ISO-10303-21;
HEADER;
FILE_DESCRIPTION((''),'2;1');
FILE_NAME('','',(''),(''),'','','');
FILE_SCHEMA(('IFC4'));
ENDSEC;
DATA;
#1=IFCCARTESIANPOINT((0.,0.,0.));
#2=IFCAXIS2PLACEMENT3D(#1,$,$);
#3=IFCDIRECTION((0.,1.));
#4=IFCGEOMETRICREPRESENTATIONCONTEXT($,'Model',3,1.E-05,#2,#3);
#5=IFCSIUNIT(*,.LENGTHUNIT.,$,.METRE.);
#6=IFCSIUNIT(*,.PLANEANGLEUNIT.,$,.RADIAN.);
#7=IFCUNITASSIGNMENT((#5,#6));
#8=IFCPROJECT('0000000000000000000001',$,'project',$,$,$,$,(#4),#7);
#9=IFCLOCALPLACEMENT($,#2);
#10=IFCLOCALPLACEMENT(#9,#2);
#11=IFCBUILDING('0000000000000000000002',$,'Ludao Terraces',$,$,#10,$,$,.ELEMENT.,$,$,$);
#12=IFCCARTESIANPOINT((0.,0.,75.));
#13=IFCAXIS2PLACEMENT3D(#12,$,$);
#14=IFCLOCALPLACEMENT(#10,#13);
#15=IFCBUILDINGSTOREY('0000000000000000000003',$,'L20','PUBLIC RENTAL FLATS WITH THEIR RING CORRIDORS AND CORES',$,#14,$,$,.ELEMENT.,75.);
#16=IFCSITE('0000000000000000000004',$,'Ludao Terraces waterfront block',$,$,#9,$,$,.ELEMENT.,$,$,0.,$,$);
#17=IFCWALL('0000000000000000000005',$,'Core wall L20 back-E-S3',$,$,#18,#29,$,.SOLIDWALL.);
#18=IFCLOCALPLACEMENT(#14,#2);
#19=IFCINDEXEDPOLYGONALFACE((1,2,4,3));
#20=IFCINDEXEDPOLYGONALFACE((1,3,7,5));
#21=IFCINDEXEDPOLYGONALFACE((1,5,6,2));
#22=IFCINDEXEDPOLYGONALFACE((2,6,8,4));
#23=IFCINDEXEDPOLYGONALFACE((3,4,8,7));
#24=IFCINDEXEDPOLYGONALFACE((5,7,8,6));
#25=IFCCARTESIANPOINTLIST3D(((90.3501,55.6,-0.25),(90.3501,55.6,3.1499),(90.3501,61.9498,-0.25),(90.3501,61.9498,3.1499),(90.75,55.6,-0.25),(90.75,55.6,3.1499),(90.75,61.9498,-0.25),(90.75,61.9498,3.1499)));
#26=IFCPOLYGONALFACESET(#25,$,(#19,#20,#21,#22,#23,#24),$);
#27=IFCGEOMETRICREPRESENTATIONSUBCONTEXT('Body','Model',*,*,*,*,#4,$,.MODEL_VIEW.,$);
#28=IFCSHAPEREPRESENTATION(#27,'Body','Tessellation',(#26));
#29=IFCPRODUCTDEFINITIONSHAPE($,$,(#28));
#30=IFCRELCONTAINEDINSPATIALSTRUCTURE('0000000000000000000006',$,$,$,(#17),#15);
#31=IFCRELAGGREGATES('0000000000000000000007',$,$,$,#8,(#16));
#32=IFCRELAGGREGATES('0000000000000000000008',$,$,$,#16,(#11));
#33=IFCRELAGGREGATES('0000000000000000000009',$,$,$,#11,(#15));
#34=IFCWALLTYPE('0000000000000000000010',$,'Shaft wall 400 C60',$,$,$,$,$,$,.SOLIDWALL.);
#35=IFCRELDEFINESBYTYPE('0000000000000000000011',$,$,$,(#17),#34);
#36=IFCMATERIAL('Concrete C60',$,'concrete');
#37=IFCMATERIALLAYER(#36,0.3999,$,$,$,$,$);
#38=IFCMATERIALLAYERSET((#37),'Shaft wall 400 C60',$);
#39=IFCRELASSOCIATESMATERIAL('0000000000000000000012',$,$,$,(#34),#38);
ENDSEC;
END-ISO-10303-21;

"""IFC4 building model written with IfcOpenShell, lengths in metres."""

from ifc_helpers import new_model, si_unit, direction, frame, frame_2d, origin, place, context, subcontext, project, spatial, rectangle, extrude, material, layer, layer_set, type_object, element, save


model = new_model("IFC4")

# Units and contexts
model_context = context("Model", 3, precision=1e-05, world=origin(), true_north=direction((0.0, 1.0)))
body_context = subcontext(model_context, "Body", "Model", "MODEL_VIEW")
ifc_project = project(units=[si_unit("LENGTHUNIT", "METRE"), si_unit("PLANEANGLEUNIT", "RADIAN")], contexts=[model_context])

# Site, building, storey
site_placement = place(None, origin())
site = spatial("IfcSite", under=ifc_project, at=site_placement, Name="Ludao Terraces waterfront block", CompositionType="ELEMENT", RefElevation=0.0)
building_placement = place(site_placement, origin())
building = spatial("IfcBuilding", under=site, at=building_placement, Name="Ludao Terraces", CompositionType="ELEMENT")
storey_placement = place(building_placement, frame((0.0, 0.0, 75.0)))
storey = spatial("IfcBuildingStorey", under=building, at=storey_placement, Name="L20", Description="PUBLIC RENTAL FLATS WITH THEIR RING CORRIDORS AND CORES", CompositionType="ELEMENT", Elevation=75.0)

# Wall
ifc_material_1 = material(Name="Concrete C60", Category="concrete")
ifc_layer_1 = layer(ifc_material_1, 0.3999)
ifc_layer_set_1 = layer_set([ifc_layer_1], Name="Shaft wall 400 C60")
wall_type_1 = type_object("IfcWallType", Name="Shaft wall 400 C60", PredefinedType="SOLIDWALL", material=ifc_layer_set_1)
wall_1_placement = place(storey_placement, frame((90.55, 55.6001, -0.25), z_axis=(0.0, 0.0, 1.0), x_axis=(0.0, 1.0, 0.0)))
element("IfcWall", 1, at=wall_1_placement, inside=storey, type_object=wall_type_1, Name="Core wall L20 back-E-S3", PredefinedType="SOLIDWALL", context=body_context, shape_type="SweptSolid", body=[
    extrude(rectangle(XDim=6.3499, YDim=0.3999, at=frame_2d((3.1748, 0.0))), origin(), (0.0, 0.0, 1.0), 3.3999),
])

save(model, "model.ifc")
